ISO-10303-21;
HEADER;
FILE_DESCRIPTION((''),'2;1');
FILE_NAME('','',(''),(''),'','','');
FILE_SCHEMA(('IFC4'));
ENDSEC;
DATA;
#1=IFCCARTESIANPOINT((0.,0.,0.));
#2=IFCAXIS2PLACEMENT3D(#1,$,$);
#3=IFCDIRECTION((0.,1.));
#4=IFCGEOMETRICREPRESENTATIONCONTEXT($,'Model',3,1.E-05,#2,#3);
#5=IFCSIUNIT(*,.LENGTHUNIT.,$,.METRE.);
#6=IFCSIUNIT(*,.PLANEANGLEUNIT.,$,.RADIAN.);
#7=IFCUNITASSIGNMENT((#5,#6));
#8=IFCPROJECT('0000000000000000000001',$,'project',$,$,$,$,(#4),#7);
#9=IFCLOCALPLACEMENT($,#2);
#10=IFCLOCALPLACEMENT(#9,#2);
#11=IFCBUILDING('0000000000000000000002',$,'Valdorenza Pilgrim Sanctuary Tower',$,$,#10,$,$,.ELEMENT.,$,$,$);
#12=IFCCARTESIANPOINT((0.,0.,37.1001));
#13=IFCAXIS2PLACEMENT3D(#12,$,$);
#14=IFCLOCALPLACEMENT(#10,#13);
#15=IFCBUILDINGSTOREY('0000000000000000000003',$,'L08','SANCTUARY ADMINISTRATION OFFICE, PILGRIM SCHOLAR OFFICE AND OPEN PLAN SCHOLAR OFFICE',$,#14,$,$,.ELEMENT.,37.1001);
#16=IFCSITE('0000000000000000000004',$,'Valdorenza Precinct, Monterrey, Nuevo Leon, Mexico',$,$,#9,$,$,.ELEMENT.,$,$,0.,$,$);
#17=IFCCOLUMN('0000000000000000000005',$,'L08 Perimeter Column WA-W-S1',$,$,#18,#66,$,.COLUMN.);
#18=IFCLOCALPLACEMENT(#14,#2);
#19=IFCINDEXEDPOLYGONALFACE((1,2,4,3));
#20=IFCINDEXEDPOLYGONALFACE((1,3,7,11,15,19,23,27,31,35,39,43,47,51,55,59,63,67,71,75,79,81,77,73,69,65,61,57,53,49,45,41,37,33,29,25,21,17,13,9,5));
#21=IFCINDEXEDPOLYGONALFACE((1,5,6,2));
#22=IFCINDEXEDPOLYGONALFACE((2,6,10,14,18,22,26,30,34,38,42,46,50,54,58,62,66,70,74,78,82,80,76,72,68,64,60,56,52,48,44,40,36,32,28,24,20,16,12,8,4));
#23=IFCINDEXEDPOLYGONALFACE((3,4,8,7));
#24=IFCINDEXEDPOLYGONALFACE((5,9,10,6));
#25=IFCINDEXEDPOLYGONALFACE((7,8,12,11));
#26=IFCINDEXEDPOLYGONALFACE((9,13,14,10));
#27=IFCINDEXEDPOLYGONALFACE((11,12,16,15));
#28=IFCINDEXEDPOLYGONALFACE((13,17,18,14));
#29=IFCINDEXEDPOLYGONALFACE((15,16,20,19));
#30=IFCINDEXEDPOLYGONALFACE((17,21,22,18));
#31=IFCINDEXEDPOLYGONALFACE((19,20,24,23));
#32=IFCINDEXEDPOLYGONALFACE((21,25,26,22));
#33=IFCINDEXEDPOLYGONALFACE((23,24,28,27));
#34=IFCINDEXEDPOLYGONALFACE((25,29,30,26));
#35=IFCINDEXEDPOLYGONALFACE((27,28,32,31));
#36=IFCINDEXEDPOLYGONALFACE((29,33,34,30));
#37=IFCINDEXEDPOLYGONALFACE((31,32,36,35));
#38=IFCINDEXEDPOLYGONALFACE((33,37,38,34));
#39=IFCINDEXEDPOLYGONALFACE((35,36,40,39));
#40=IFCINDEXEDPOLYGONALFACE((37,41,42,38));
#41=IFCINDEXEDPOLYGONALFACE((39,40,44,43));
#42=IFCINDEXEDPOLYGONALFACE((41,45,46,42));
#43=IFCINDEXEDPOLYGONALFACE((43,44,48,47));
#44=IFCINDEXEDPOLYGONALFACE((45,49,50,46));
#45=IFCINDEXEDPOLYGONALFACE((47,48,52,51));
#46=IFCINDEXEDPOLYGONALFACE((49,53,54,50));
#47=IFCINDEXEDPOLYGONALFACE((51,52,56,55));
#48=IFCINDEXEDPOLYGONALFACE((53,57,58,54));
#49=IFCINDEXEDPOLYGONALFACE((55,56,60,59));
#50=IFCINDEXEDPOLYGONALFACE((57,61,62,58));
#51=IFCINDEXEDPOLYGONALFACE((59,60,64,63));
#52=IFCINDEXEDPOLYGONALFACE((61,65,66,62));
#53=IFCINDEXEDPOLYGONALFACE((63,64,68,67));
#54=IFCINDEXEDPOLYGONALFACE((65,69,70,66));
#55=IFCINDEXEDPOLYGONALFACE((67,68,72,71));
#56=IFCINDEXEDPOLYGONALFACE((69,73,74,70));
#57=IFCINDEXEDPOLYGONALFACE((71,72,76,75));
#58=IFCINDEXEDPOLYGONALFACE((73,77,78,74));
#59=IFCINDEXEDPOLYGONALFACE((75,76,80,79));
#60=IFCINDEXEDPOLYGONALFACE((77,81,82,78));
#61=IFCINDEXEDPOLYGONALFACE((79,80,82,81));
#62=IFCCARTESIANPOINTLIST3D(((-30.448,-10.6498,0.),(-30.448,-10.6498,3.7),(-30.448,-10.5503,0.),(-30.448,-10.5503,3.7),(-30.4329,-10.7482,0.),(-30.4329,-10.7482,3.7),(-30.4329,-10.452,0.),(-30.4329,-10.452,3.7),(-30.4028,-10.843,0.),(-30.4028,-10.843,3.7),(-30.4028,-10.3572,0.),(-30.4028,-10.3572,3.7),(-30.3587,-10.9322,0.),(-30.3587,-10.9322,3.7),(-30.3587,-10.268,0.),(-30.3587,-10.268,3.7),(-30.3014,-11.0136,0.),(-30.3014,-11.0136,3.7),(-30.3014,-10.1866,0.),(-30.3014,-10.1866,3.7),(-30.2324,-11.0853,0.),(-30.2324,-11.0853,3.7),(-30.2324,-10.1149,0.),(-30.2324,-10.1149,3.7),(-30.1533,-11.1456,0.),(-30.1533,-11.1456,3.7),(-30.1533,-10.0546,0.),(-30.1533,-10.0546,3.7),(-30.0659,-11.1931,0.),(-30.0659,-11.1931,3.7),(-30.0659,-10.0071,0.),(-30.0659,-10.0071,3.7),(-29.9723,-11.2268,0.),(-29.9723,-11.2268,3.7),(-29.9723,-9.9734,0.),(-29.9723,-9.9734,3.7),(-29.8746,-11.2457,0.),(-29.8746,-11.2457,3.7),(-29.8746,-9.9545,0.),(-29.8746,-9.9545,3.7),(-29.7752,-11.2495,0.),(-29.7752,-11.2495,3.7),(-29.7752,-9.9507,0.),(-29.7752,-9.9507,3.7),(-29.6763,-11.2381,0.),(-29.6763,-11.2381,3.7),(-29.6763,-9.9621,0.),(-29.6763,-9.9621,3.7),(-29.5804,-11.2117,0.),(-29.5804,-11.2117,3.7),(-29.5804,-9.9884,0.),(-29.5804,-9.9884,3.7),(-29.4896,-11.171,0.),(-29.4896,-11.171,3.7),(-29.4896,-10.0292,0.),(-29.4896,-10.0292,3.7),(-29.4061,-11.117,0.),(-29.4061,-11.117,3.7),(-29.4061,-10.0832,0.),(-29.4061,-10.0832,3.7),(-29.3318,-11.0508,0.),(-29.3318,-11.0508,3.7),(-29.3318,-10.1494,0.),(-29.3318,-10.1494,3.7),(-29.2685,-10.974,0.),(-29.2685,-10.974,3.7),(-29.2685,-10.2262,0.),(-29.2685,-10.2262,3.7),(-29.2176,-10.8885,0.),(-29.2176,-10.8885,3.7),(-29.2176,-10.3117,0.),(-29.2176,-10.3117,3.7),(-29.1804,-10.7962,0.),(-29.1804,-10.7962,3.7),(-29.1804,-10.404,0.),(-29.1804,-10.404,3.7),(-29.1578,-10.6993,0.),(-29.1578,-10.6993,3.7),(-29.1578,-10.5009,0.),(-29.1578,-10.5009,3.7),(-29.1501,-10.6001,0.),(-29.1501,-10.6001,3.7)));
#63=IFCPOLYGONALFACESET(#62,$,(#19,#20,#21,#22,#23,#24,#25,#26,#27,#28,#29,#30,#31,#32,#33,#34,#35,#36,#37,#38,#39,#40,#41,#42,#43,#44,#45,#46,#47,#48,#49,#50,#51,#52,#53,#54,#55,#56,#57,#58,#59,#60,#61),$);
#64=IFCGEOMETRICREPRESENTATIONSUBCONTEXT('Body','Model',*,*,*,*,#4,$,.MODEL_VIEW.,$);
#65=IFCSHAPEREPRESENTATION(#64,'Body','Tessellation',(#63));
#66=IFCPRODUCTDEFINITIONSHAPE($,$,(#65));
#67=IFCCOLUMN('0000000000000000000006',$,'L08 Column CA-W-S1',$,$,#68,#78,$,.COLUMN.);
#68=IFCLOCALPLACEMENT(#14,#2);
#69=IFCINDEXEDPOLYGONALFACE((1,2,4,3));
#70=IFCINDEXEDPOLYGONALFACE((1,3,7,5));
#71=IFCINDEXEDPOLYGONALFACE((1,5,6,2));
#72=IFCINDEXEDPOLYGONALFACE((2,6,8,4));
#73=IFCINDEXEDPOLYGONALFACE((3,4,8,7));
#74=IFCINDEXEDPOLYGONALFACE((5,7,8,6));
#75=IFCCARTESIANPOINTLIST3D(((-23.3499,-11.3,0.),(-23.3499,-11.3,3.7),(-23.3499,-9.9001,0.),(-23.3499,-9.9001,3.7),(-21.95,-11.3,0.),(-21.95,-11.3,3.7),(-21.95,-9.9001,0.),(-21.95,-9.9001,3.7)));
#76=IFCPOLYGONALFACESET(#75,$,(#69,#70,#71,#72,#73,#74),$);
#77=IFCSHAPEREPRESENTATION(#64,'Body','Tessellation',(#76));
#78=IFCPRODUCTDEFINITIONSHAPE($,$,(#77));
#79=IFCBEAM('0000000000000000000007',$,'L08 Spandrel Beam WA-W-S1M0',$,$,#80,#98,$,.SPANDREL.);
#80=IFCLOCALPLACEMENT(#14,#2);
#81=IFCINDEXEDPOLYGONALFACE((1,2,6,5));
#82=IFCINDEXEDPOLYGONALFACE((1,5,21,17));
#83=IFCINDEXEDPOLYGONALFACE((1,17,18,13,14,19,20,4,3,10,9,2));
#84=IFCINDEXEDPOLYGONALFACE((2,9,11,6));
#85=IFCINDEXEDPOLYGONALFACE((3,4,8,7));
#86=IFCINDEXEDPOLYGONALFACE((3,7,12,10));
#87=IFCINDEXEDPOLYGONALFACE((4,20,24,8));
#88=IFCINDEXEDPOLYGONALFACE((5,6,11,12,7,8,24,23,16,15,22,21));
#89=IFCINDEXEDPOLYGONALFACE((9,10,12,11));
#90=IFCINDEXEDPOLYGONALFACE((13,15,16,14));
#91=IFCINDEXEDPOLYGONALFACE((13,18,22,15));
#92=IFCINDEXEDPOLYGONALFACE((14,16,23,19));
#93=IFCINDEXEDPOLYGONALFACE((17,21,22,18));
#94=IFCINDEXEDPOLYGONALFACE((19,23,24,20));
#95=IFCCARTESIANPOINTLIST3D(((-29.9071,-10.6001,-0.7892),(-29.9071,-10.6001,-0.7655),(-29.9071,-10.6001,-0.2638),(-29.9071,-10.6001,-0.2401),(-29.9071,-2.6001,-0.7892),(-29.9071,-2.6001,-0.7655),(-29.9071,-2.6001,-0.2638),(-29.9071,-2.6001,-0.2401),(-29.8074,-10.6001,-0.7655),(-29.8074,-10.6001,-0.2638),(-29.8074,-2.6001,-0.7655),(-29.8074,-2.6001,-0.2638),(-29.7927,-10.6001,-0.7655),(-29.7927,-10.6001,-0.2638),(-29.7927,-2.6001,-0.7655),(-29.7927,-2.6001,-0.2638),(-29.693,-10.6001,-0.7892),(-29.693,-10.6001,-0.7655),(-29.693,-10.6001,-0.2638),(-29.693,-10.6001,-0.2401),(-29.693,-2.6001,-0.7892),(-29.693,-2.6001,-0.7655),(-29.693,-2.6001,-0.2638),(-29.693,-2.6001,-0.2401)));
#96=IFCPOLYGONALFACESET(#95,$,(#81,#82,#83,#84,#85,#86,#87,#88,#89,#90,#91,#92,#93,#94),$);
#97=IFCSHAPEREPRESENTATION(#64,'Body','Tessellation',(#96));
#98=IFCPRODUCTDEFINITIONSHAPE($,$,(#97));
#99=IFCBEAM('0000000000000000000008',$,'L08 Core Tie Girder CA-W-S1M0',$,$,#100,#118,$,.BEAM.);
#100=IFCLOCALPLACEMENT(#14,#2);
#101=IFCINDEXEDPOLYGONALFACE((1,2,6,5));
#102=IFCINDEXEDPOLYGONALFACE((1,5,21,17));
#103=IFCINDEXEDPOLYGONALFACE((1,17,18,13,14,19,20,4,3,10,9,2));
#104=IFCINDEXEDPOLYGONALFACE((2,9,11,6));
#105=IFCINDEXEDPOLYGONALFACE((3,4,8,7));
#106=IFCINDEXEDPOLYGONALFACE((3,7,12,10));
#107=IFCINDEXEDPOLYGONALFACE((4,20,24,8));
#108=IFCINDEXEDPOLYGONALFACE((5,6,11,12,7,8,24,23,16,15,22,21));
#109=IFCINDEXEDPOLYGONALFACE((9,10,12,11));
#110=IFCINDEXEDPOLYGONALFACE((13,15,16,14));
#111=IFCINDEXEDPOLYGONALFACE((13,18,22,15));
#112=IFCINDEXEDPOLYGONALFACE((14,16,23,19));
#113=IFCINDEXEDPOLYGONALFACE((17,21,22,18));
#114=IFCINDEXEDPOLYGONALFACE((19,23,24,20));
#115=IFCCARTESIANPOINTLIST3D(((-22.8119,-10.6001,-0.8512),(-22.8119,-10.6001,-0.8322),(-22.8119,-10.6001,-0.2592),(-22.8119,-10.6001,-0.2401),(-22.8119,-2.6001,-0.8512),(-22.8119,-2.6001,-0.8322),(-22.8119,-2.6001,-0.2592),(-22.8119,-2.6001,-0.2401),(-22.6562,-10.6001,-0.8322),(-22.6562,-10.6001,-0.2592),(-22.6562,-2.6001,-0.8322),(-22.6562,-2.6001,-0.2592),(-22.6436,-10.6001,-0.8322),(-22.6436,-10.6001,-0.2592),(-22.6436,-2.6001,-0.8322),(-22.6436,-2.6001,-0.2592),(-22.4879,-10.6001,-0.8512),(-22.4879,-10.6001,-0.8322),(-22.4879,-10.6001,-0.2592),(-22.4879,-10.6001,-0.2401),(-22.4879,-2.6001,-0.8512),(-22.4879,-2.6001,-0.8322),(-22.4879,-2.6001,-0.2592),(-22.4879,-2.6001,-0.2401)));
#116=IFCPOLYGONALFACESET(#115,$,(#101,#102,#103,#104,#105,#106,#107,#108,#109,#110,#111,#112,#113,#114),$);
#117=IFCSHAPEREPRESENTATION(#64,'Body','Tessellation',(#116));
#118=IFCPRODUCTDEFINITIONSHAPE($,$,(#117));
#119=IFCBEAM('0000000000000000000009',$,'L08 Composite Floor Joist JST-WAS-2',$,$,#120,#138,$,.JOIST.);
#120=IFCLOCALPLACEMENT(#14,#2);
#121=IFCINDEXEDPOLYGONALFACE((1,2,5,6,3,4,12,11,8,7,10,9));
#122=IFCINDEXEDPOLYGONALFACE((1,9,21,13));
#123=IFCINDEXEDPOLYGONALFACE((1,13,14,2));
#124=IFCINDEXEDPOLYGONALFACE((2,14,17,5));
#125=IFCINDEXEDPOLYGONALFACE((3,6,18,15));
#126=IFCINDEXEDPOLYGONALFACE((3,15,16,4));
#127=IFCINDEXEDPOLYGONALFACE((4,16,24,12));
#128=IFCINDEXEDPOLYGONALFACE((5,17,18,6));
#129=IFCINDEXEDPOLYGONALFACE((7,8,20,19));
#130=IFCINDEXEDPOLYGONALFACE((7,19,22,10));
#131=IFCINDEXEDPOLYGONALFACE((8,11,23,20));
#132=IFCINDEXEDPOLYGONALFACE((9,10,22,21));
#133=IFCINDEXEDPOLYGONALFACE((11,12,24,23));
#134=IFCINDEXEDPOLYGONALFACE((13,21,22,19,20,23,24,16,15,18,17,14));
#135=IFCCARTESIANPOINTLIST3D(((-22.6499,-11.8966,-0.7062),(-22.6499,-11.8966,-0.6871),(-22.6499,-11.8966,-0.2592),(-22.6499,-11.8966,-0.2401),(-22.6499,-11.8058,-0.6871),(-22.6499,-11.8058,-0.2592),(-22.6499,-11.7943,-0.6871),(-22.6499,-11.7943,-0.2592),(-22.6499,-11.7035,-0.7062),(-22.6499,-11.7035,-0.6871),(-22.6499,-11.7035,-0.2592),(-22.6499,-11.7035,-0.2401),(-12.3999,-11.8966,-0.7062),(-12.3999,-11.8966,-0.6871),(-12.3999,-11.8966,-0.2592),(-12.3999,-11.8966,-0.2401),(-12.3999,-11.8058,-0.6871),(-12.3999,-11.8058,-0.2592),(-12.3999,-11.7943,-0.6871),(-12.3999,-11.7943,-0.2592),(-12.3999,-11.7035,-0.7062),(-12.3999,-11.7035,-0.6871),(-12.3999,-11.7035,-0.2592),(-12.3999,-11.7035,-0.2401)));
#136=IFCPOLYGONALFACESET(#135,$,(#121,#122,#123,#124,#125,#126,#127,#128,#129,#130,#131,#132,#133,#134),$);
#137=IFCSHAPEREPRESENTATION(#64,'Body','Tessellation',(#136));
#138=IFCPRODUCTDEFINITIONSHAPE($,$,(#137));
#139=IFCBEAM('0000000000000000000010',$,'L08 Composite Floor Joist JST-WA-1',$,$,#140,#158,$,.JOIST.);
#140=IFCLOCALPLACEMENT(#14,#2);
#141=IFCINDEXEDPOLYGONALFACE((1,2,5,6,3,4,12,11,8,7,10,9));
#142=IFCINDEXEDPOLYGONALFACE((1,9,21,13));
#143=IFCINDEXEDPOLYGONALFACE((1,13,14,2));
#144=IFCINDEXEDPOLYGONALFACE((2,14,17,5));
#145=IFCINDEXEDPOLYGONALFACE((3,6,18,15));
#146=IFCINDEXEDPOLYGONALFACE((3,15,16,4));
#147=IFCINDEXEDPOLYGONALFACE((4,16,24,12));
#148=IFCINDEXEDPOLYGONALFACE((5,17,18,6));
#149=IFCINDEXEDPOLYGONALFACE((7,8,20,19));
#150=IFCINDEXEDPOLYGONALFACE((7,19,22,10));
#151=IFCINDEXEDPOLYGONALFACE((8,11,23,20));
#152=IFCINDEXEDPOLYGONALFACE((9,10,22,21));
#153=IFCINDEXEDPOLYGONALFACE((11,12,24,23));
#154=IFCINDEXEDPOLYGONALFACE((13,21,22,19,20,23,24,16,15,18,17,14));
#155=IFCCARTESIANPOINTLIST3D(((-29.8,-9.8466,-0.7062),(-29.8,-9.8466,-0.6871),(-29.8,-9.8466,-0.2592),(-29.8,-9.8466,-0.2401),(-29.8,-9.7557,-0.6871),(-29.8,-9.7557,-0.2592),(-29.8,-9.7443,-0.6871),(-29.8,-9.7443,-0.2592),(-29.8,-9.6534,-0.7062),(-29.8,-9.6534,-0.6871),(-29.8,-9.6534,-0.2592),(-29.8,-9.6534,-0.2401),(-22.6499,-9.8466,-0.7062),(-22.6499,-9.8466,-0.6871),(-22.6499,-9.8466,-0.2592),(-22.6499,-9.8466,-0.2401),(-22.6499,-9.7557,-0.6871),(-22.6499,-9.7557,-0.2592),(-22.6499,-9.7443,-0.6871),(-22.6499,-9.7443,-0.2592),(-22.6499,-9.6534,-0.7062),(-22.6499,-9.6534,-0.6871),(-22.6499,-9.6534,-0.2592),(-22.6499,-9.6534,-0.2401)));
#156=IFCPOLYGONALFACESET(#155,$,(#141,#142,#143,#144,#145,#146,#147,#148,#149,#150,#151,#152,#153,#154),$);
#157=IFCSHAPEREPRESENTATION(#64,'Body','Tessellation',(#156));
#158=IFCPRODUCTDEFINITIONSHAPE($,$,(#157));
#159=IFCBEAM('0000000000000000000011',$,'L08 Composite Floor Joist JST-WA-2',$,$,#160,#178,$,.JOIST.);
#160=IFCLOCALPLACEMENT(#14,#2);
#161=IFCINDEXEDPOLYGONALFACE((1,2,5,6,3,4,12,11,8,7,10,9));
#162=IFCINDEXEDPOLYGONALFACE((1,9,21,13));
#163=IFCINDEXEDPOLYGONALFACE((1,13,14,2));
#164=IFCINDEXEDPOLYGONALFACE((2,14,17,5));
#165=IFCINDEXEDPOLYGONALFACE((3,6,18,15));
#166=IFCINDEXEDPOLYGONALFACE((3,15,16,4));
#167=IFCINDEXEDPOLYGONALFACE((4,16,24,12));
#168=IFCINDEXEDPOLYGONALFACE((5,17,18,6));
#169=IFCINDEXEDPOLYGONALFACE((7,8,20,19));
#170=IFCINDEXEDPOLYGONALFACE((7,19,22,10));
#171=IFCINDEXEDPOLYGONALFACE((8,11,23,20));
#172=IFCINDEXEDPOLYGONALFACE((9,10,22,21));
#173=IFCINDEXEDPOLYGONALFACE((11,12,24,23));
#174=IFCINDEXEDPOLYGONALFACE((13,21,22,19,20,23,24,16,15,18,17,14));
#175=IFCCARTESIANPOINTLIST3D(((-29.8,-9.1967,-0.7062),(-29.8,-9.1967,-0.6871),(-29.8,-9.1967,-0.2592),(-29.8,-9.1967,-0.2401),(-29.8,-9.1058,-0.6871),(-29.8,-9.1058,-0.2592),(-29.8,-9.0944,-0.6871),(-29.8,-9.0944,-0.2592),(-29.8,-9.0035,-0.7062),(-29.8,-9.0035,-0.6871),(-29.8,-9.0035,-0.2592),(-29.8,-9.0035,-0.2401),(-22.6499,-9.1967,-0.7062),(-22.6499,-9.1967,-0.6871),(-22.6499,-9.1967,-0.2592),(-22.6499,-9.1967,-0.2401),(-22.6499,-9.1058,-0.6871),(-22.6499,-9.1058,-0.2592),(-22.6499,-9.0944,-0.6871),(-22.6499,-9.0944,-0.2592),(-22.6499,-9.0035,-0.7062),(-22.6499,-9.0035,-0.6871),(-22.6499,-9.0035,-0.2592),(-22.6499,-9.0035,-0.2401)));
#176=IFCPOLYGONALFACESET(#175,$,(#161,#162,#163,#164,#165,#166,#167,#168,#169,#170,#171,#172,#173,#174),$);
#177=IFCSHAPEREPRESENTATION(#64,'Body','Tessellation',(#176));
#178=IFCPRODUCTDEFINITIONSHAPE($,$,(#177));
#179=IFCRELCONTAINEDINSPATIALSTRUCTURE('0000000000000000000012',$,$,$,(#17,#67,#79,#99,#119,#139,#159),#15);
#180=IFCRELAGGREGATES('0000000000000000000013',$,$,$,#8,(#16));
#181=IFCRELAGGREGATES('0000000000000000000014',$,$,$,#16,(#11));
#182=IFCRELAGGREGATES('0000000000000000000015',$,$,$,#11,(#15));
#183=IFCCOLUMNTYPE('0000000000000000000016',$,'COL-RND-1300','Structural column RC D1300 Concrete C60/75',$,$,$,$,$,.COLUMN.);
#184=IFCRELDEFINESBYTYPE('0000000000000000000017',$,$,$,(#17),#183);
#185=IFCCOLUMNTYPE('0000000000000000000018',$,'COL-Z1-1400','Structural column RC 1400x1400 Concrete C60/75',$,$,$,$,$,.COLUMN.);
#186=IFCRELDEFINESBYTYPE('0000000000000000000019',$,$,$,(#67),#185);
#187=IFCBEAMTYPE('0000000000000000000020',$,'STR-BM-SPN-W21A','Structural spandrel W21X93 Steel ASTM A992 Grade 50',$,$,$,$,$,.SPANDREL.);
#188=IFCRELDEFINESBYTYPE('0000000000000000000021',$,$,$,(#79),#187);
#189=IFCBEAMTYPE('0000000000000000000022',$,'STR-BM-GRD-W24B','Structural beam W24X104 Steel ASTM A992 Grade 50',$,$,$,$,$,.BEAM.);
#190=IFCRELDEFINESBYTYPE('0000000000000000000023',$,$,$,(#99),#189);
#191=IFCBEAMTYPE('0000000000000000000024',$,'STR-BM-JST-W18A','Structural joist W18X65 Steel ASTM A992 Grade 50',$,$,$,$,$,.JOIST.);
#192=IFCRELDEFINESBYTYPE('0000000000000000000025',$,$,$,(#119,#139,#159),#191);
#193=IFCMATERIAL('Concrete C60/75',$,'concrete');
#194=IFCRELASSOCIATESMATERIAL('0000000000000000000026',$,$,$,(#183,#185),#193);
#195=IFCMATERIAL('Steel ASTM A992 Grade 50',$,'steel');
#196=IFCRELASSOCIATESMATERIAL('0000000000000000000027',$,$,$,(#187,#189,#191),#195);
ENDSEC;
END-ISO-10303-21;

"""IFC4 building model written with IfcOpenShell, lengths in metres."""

from ifc_helpers import new_model, si_unit, direction, frame, origin, origin_2d, place, context, subcontext, project, spatial, rectangle, circle, i_section, extrude, source, transform, mapped, material, material_profile, profile_set, type_object, element, save


model = new_model("IFC4")

# Units and contexts
model_context = context("Model", 3, precision=1e-05, world=origin(), true_north=direction((0.0, 1.0)))
body_context = subcontext(model_context, "Body", "Model", "MODEL_VIEW")
ifc_project = project(units=[si_unit("LENGTHUNIT", "METRE"), si_unit("PLANEANGLEUNIT", "RADIAN")], contexts=[model_context])

# Site, building, storey
site_placement = place(None, origin())
site = spatial("IfcSite", under=ifc_project, at=site_placement, Name="Valdorenza Precinct, Monterrey, Nuevo Leon, Mexico", CompositionType="ELEMENT", RefElevation=0.0)
building_placement = place(site_placement, origin())
building = spatial("IfcBuilding", under=site, at=building_placement, Name="Valdorenza Pilgrim Sanctuary Tower", CompositionType="ELEMENT")
storey_placement = place(building_placement, frame((0.0, 0.0, 37.1001)))
storey = spatial("IfcBuildingStorey", under=building, at=storey_placement, Name="L08", Description="SANCTUARY ADMINISTRATION OFFICE, PILGRIM SCHOLAR OFFICE AND OPEN PLAN SCHOLAR OFFICE", CompositionType="ELEMENT", Elevation=37.1001)

# Columns
ifc_material_1 = material(Name="Concrete C60/75", Category="concrete")
ifc_material_profile_1 = material_profile(ifc_material_1, circle(Radius=0.6499, at=origin_2d()), Name="RC D1300")
ifc_profile_set_1 = profile_set([ifc_material_profile_1], Name="Concrete C60/75")
column_type_1 = type_object("IfcColumnType", Name="COL-RND-1300", Description="Structural column RC D1300 Concrete C60/75", PredefinedType="COLUMN", material=ifc_profile_set_1)
shared_shape_1 = source(origin(), body_context, "Body", "SweptSolid", [
    extrude(circle(Radius=0.6499, at=origin_2d()), origin(), (0.0, 0.0, 1.0), 3.7),
])
column_1_placement = place(storey_placement, frame((-29.8, -10.6001, 0.0), z_axis=(0.0, 0.0, 1.0), x_axis=(1.0, 0.0, 0.0)))
element("IfcColumn", 1, at=column_1_placement, inside=storey, type_object=column_type_1, Name="L08 Perimeter Column WA-W-S1", PredefinedType="COLUMN", context=body_context, shape_type="MappedRepresentation", body=[
    mapped(shared_shape_1, transform((0.0, 0.0, 0.0), x_axis=(1.0, 0.0, 0.0), y_axis=(0.0, 1.0, 0.0), z_axis=(0.0, 0.0, 1.0), scale=1.0)),
])
ifc_material_profile_2 = material_profile(ifc_material_1, rectangle(XDim=1.3999, YDim=1.3999, at=origin_2d()), Name="RC 1400x1400")
ifc_profile_set_2 = profile_set([ifc_material_profile_2], Name="Concrete C60/75")
column_type_2 = type_object("IfcColumnType", Name="COL-Z1-1400", Description="Structural column RC 1400x1400 Concrete C60/75", PredefinedType="COLUMN", material=ifc_profile_set_2)
shared_shape_2 = source(origin(), body_context, "Body", "SweptSolid", [
    extrude(rectangle(XDim=1.3999, YDim=1.3999, at=origin_2d()), origin(), (0.0, 0.0, 1.0), 3.7),
])
column_2_placement = place(storey_placement, frame((-22.6499, -10.6001, 0.0), z_axis=(0.0, 0.0, 1.0), x_axis=(1.0, 0.0, 0.0)))
element("IfcColumn", 2, at=column_2_placement, inside=storey, type_object=column_type_2, Name="L08 Column CA-W-S1", PredefinedType="COLUMN", context=body_context, shape_type="MappedRepresentation", body=[
    mapped(shared_shape_2, transform((0.0, 0.0, 0.0), x_axis=(1.0, 0.0, 0.0), y_axis=(0.0, 1.0, 0.0), z_axis=(0.0, 0.0, 1.0), scale=1.0)),
])

# Beams
ifc_material_2 = material(Name="Steel ASTM A992 Grade 50", Category="steel")
ifc_material_profile_3 = material_profile(ifc_material_2, i_section(OverallWidth=0.2141, OverallDepth=0.5491, WebThickness=0.0146, FlangeThickness=0.0237, at=origin_2d()), Name="W21X93")
ifc_profile_set_3 = profile_set([ifc_material_profile_3], Name="Steel ASTM A992 Grade 50")
beam_type_1 = type_object("IfcBeamType", Name="STR-BM-SPN-W21A", Description="Structural spandrel W21X93 Steel ASTM A992 Grade 50", PredefinedType="SPANDREL", material=ifc_profile_set_3)
shared_shape_3 = source(origin(), body_context, "Body", "SweptSolid", [
    extrude(i_section(OverallWidth=0.2141, OverallDepth=0.5491, WebThickness=0.0146, FlangeThickness=0.0237, at=origin_2d()), origin(), (0.0, 0.0, 1.0), 8.0),
])
beam_1_placement = place(storey_placement, frame((-29.8, -10.6001, -0.5146), z_axis=(0.0, 1.0, 0.0), x_axis=(-1.0, 0.0, 0.0)))
element("IfcBeam", 3, at=beam_1_placement, inside=storey, type_object=beam_type_1, Name="L08 Spandrel Beam WA-W-S1M0", PredefinedType="SPANDREL", context=body_context, shape_type="MappedRepresentation", body=[
    mapped(shared_shape_3, transform((0.0, 0.0, 0.0), x_axis=(1.0, 0.0, 0.0), y_axis=(0.0, 1.0, 0.0), z_axis=(0.0, 0.0, 1.0), scale=1.0)),
])
ifc_material_profile_4 = material_profile(ifc_material_2, i_section(OverallWidth=0.324, OverallDepth=0.6111, WebThickness=0.0127, FlangeThickness=0.019, at=origin_2d()), Name="W24X104")
ifc_profile_set_4 = profile_set([ifc_material_profile_4], Name="Steel ASTM A992 Grade 50")
beam_type_2 = type_object("IfcBeamType", Name="STR-BM-GRD-W24B", Description="Structural beam W24X104 Steel ASTM A992 Grade 50", PredefinedType="BEAM", material=ifc_profile_set_4)
shared_shape_4 = source(origin(), body_context, "Body", "SweptSolid", [
    extrude(i_section(OverallWidth=0.324, OverallDepth=0.6111, WebThickness=0.0127, FlangeThickness=0.019, at=origin_2d()), origin(), (0.0, 0.0, 1.0), 8.0),
])
beam_2_placement = place(storey_placement, frame((-22.6499, -10.6001, -0.5457), z_axis=(0.0, 1.0, 0.0), x_axis=(-1.0, 0.0, 0.0)))
element("IfcBeam", 4, at=beam_2_placement, inside=storey, type_object=beam_type_2, Name="L08 Core Tie Girder CA-W-S1M0", PredefinedType="BEAM", context=body_context, shape_type="MappedRepresentation", body=[
    mapped(shared_shape_4, transform((0.0, 0.0, 0.0), x_axis=(1.0, 0.0, 0.0), y_axis=(0.0, 1.0, 0.0), z_axis=(0.0, 0.0, 1.0), scale=1.0)),
])
ifc_material_profile_5 = material_profile(ifc_material_2, i_section(OverallWidth=0.1931, OverallDepth=0.4661, WebThickness=0.0115, FlangeThickness=0.019, at=origin_2d()), Name="W18X65")
ifc_profile_set_5 = profile_set([ifc_material_profile_5], Name="Steel ASTM A992 Grade 50")
beam_type_3 = type_object("IfcBeamType", Name="STR-BM-JST-W18A", Description="Structural joist W18X65 Steel ASTM A992 Grade 50", PredefinedType="JOIST", material=ifc_profile_set_5)
shared_shape_5 = source(origin(), body_context, "Body", "SweptSolid", [
    extrude(i_section(OverallWidth=0.1931, OverallDepth=0.4661, WebThickness=0.0115, FlangeThickness=0.019, at=origin_2d()), origin(), (0.0, 0.0, 1.0), 10.25),
])
beam_3_placement = place(storey_placement, frame((-22.6499, -11.8, -0.4731), z_axis=(1.0, 0.0, 0.0), x_axis=(0.0, 1.0, 0.0)))
element("IfcBeam", 5, at=beam_3_placement, inside=storey, type_object=beam_type_3, Name="L08 Composite Floor Joist JST-WAS-2", PredefinedType="JOIST", context=body_context, shape_type="MappedRepresentation", body=[
    mapped(shared_shape_5, transform((0.0, 0.0, 0.0), x_axis=(1.0, 0.0, 0.0), y_axis=(0.0, 1.0, 0.0), z_axis=(0.0, 0.0, 1.0), scale=1.0)),
])
shared_shape_6 = source(origin(), body_context, "Body", "SweptSolid", [
    extrude(i_section(OverallWidth=0.1931, OverallDepth=0.4661, WebThickness=0.0115, FlangeThickness=0.019, at=origin_2d()), origin(), (0.0, 0.0, 1.0), 7.1501),
])
for number, where, z_axis, x_axis, name in (
    (6, (-29.8, -9.75, -0.4731), (1.0, 0.0, 0.0), (0.0, 1.0, 0.0), "L08 Composite Floor Joist JST-WA-1"),
    (7, (-29.8, -9.1001, -0.4731), (1.0, 0.0, 0.0), (0.0, 1.0, 0.0), "L08 Composite Floor Joist JST-WA-2"),
):
    element("IfcBeam", number, at=place(storey_placement, frame(where, z_axis=z_axis, x_axis=x_axis)), inside=storey, type_object=beam_type_3, Name=name, PredefinedType="JOIST", context=body_context, shape_type="MappedRepresentation", body=[
        mapped(shared_shape_6, transform((0.0, 0.0, 0.0), x_axis=(1.0, 0.0, 0.0), y_axis=(0.0, 1.0, 0.0), z_axis=(0.0, 0.0, 1.0), scale=1.0)),
    ])

save(model, "model.ifc")
